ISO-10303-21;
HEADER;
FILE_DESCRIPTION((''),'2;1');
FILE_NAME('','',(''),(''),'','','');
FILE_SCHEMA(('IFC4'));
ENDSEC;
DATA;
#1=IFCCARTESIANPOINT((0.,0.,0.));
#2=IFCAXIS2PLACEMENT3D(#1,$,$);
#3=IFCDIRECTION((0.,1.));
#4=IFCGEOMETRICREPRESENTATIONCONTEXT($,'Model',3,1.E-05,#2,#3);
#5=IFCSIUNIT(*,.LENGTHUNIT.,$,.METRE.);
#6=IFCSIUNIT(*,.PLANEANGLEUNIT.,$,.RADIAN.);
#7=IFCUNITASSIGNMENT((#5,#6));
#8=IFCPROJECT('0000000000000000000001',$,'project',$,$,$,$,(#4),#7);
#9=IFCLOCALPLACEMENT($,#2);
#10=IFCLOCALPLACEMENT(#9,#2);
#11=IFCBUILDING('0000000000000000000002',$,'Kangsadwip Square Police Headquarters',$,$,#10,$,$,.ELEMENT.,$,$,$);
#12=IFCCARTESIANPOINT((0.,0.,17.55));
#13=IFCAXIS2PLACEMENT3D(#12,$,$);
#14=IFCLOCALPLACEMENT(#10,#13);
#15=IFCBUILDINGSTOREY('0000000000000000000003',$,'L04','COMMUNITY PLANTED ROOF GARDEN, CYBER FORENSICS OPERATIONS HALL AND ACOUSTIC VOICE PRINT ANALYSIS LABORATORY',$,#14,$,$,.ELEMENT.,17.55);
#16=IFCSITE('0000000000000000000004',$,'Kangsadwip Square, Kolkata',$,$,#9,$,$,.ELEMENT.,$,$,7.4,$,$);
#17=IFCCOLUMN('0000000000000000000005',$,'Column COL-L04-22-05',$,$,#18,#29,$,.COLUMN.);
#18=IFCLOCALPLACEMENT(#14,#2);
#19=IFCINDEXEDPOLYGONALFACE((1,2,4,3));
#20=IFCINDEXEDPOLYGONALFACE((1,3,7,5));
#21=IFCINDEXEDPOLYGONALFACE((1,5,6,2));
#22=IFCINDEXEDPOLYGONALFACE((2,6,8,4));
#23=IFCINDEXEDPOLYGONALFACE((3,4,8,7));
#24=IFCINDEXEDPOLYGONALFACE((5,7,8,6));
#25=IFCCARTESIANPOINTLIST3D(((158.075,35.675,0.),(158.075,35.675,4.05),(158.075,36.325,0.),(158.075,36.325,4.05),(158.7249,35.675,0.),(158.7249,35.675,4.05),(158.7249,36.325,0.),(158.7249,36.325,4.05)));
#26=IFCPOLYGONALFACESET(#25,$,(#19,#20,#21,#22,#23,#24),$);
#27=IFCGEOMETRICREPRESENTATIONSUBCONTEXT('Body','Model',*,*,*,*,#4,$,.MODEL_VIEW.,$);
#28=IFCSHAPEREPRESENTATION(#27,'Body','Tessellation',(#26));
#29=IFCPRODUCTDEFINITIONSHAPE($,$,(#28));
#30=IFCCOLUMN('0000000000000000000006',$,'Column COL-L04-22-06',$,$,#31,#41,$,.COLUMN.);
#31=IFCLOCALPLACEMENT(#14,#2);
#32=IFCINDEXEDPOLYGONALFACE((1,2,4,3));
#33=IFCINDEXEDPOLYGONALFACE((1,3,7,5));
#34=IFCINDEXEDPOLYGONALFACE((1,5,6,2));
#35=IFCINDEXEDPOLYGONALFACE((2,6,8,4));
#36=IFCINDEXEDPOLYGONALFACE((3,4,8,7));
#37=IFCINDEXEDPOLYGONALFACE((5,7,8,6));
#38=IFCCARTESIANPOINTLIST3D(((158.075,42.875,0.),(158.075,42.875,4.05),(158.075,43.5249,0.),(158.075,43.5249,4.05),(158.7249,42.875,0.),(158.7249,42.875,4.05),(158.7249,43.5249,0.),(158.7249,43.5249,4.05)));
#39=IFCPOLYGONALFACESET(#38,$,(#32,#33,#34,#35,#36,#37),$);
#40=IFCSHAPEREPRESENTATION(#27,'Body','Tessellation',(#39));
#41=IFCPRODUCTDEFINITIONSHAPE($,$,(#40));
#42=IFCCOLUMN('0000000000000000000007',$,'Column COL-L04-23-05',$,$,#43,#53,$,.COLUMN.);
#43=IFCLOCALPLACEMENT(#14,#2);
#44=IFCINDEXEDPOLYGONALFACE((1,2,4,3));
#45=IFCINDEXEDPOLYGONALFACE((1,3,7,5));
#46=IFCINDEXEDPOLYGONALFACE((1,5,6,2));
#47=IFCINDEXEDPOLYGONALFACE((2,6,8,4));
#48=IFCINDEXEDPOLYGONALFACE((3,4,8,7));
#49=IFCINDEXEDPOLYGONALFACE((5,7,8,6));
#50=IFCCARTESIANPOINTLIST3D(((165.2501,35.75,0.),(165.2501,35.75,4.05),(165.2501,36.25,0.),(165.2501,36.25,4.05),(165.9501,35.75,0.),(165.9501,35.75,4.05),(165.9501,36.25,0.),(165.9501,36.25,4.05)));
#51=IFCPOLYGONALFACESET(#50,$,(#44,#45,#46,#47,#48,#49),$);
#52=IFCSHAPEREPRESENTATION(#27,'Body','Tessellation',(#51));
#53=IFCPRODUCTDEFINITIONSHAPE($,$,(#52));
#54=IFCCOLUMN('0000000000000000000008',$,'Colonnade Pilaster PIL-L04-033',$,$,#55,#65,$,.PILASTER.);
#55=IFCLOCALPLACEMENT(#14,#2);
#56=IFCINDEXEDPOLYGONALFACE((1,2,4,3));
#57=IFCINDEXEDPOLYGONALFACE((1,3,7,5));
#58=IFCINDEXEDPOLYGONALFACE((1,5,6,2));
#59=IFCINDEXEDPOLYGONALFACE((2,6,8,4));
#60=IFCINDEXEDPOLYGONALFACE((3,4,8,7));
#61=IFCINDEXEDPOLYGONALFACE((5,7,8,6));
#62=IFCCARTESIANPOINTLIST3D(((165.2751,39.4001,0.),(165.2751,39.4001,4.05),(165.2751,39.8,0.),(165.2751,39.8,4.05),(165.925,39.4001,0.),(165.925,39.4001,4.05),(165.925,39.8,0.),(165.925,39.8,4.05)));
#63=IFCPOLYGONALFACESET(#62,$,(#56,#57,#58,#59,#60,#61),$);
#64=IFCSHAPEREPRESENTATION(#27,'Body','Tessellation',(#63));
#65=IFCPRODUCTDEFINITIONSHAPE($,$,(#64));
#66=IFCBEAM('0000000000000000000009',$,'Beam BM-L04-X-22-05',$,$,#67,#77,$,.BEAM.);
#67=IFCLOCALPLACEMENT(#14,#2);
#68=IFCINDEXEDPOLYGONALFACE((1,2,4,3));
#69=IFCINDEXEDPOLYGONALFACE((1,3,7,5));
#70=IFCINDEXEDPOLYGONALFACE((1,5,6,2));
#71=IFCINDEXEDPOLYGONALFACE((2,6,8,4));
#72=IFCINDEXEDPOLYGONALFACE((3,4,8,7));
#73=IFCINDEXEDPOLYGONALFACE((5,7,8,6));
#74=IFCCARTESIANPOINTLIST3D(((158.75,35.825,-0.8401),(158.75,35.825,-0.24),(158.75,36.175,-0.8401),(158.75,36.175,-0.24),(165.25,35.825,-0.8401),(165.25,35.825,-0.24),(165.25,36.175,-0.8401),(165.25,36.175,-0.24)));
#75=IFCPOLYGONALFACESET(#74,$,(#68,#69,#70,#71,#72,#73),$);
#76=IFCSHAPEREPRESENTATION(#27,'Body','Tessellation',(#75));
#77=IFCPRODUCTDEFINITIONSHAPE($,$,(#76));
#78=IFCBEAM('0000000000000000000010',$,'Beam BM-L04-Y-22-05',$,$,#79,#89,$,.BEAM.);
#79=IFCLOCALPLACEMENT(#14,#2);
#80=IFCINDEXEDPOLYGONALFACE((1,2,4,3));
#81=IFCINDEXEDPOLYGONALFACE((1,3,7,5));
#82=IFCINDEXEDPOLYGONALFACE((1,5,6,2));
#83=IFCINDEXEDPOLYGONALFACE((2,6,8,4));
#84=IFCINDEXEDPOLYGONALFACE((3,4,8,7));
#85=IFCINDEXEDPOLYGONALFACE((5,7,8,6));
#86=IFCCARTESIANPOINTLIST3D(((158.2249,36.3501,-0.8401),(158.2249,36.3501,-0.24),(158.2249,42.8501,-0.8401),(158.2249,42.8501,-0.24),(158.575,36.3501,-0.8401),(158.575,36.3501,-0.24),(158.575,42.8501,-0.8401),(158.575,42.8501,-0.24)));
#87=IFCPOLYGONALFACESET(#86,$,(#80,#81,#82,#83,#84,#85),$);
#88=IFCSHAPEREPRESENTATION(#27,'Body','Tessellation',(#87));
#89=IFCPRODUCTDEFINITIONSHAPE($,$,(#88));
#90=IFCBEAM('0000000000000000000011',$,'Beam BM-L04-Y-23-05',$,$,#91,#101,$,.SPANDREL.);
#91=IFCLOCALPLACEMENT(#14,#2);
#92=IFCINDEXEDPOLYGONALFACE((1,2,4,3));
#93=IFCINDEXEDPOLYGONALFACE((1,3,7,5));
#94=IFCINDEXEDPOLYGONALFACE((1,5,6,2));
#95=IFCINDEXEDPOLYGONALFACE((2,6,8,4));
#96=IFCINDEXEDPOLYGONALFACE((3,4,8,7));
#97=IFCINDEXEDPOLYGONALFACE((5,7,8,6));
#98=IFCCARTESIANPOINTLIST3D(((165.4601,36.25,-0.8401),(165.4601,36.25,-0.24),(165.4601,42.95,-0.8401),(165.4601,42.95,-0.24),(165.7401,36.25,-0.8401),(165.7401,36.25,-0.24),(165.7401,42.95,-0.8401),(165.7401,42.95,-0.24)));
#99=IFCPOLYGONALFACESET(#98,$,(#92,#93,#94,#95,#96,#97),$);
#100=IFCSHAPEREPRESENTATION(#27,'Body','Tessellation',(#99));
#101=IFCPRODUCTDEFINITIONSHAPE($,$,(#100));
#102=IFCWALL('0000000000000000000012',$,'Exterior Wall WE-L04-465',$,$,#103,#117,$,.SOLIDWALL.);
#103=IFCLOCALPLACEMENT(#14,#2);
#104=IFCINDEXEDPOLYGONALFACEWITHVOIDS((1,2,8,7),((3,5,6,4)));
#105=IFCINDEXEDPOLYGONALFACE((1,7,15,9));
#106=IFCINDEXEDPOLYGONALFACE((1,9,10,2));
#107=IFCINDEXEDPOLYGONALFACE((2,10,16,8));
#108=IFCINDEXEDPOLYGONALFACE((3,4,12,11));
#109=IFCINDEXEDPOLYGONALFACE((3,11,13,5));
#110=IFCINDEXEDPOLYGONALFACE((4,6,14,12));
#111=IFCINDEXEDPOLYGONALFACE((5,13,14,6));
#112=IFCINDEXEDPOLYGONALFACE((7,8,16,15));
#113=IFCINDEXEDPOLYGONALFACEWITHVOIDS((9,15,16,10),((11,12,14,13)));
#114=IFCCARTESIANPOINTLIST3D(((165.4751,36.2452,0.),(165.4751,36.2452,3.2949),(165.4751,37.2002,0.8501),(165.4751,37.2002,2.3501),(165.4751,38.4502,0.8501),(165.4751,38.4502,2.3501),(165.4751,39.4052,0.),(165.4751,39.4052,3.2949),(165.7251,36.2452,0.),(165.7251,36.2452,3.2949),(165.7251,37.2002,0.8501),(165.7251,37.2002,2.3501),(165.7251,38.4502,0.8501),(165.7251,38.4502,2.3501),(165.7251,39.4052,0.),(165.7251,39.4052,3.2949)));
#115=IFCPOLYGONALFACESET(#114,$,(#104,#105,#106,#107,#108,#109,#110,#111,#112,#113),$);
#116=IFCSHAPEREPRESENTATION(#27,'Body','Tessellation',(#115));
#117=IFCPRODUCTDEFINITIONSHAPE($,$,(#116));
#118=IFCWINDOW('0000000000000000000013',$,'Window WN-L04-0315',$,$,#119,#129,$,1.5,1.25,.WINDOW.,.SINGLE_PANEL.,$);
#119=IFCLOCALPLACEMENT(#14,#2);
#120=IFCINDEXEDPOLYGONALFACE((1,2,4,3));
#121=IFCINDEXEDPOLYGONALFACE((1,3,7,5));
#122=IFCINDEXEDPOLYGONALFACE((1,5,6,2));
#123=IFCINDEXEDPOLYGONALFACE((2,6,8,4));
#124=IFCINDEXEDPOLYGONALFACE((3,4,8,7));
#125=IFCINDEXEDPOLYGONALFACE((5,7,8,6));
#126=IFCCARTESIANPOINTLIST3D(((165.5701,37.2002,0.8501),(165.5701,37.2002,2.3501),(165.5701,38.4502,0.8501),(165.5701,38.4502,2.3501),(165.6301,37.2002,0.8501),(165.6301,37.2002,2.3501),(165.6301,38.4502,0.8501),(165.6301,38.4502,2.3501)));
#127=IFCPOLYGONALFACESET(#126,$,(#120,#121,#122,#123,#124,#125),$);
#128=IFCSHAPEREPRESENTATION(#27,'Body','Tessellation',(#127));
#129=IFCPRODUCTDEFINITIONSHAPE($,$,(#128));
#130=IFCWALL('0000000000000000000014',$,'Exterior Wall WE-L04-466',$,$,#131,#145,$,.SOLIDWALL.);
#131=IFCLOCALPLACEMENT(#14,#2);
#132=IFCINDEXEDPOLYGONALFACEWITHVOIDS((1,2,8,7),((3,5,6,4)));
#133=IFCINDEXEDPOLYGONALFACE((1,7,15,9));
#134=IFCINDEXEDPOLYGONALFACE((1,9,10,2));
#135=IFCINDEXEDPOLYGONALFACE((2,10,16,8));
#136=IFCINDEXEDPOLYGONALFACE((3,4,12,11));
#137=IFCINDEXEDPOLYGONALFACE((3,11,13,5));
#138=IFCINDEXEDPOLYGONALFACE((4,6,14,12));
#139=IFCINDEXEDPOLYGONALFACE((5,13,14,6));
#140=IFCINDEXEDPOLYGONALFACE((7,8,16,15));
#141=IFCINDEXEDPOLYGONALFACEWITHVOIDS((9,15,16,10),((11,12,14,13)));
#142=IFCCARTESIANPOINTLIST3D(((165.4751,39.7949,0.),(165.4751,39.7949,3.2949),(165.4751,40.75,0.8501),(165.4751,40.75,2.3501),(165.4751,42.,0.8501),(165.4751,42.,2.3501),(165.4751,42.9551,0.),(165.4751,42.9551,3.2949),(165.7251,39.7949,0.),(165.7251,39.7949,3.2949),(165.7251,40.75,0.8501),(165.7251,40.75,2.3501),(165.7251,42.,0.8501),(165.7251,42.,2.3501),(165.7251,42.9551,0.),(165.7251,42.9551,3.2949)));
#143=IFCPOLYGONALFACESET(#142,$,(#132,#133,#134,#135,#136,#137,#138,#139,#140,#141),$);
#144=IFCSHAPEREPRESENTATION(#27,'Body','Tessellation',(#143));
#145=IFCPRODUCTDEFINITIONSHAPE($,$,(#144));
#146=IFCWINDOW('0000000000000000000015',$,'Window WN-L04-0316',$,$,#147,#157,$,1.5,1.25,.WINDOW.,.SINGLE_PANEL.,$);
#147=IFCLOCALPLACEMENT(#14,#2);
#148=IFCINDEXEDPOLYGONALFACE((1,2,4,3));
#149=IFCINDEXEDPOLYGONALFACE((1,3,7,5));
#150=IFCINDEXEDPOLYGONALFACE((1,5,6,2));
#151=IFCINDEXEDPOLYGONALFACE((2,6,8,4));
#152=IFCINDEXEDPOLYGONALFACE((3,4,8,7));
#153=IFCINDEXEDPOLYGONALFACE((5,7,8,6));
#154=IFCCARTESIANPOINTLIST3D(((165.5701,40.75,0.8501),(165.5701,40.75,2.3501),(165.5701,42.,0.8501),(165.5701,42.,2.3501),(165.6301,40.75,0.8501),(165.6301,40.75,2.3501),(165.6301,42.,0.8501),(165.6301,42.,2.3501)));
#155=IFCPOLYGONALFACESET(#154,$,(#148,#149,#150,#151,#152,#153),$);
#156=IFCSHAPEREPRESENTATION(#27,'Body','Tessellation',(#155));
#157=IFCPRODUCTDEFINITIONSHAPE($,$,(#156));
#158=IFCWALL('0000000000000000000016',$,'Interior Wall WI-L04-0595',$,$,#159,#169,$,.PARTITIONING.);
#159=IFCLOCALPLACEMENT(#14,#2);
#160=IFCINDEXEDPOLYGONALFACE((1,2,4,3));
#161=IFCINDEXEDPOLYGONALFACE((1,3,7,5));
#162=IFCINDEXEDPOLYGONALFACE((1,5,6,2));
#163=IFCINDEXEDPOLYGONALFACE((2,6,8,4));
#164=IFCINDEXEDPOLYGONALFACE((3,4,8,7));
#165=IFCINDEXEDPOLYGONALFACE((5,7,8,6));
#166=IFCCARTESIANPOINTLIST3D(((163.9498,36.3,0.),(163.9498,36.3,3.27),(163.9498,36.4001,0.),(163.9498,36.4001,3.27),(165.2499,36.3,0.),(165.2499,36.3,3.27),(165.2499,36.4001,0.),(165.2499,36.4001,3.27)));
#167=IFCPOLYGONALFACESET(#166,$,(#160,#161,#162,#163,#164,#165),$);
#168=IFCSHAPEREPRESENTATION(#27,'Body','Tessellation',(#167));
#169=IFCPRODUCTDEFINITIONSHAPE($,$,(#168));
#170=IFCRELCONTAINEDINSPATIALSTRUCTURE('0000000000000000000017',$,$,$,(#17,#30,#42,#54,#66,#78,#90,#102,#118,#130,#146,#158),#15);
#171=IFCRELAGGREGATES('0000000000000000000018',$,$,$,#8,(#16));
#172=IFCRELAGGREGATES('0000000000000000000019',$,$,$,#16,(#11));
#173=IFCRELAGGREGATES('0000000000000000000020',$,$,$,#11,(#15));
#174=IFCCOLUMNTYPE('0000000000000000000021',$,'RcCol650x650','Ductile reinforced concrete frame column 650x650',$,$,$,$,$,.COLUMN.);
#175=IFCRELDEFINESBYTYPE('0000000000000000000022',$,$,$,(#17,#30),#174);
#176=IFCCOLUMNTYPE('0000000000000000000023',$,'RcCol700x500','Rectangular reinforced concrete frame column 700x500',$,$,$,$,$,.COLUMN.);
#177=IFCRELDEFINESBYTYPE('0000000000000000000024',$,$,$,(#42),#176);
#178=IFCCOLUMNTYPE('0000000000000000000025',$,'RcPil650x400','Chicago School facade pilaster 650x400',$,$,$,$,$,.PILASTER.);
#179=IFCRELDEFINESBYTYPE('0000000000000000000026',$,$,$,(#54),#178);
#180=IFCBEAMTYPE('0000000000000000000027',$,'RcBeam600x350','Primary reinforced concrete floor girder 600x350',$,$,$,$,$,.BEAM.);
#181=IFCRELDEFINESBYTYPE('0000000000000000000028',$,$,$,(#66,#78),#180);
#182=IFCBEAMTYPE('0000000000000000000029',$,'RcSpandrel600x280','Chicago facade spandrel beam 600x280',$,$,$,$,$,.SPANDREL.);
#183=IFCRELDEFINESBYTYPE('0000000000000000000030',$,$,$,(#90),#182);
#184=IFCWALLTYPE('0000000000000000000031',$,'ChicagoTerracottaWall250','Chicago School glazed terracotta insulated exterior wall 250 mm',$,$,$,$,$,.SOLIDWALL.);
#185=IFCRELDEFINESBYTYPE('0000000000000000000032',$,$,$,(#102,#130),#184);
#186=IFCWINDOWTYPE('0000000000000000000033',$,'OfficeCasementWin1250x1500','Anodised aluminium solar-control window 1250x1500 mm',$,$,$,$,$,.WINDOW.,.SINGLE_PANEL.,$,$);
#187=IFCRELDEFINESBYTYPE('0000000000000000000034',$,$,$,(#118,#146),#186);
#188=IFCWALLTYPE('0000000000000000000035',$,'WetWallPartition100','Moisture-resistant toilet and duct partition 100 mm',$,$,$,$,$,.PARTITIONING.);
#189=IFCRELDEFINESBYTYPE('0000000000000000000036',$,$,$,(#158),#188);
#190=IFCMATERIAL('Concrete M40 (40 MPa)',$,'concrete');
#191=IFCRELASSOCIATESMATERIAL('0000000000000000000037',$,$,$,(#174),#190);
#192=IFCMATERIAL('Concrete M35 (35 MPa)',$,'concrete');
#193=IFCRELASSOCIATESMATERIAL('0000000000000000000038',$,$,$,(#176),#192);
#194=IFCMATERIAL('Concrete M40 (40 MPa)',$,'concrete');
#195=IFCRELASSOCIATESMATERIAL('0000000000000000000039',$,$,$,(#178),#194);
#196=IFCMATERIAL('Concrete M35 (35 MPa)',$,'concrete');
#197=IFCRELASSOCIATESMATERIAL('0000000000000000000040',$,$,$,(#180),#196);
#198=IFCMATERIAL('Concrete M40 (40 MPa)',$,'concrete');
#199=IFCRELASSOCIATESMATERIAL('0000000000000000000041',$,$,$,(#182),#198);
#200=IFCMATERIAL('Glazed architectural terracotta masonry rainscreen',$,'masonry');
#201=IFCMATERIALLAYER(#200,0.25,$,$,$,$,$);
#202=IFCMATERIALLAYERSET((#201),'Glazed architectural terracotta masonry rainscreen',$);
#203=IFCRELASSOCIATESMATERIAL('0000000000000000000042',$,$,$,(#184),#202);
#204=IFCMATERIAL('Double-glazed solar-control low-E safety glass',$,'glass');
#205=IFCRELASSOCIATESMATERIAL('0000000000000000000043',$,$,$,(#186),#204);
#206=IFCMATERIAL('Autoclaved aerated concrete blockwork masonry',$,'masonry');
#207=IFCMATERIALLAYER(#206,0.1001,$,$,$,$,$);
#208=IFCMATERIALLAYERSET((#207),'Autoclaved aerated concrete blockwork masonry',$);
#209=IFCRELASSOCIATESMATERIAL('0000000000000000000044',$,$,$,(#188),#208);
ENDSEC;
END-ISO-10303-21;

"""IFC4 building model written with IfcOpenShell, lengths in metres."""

from ifc_helpers import new_model, si_unit, direction, frame, frame_2d, origin, origin_2d, place, context, subcontext, project, spatial, rectangle, extrude, material, layer, layer_set, material_profile, profile_set, type_object, element, fill, save


model = new_model("IFC4")

# Units and contexts
model_context = context("Model", 3, precision=1e-05, world=origin(), true_north=direction((0.0, 1.0)))
body_context = subcontext(model_context, "Body", "Model", "MODEL_VIEW")
ifc_project = project(units=[si_unit("LENGTHUNIT", "METRE"), si_unit("PLANEANGLEUNIT", "RADIAN")], contexts=[model_context])

# Site, building, storey
site_placement = place(None, origin())
site = spatial("IfcSite", under=ifc_project, at=site_placement, Name="Kangsadwip Square, Kolkata", CompositionType="ELEMENT", RefElevation=7.4)
building_placement = place(site_placement, origin())
building = spatial("IfcBuilding", under=site, at=building_placement, Name="Kangsadwip Square Police Headquarters", CompositionType="ELEMENT")
storey_placement = place(building_placement, frame((0.0, 0.0, 17.55)))
storey = spatial("IfcBuildingStorey", under=building, at=storey_placement, Name="L04", Description="COMMUNITY PLANTED ROOF GARDEN, CYBER FORENSICS OPERATIONS HALL AND ACOUSTIC VOICE PRINT ANALYSIS LABORATORY", CompositionType="ELEMENT", Elevation=17.55)

# Columns
ifc_material_1 = material(Name="Concrete M40 (40 MPa)", Category="concrete")
ifc_material_profile_1 = material_profile(ifc_material_1, rectangle(XDim=0.6499, YDim=0.6499, at=origin_2d()), Name="RC COL 650X650")
ifc_profile_set_1 = profile_set([ifc_material_profile_1], Name="Concrete M40 (40 MPa)")
column_type_1 = type_object("IfcColumnType", Name="RcCol650x650", Description="Ductile reinforced concrete frame column 650x650", PredefinedType="COLUMN", material=ifc_profile_set_1)
for number, where, z_axis, x_axis, name in (
    (1, (158.3999, 36.0, 0.0), (0.0, 0.0, 1.0), (1.0, 0.0, 0.0), "Column COL-L04-22-05"),
    (2, (158.3999, 43.2, 0.0), (0.0, 0.0, 1.0), (1.0, 0.0, 0.0), "Column COL-L04-22-06"),
):
    element("IfcColumn", number, at=place(storey_placement, frame(where, z_axis=z_axis, x_axis=x_axis)), inside=storey, type_object=column_type_1, Name=name, PredefinedType="COLUMN", context=body_context, shape_type="SweptSolid", body=[
        extrude(rectangle(XDim=0.6499, YDim=0.6499, at=origin_2d()), origin(), (0.0, 0.0, 1.0), 4.05),
    ])
ifc_material_2 = material(Name="Concrete M35 (35 MPa)", Category="concrete")
ifc_material_profile_2 = material_profile(ifc_material_2, rectangle(XDim=0.5, YDim=0.7, at=origin_2d()), Name="RC COL 700X500")
ifc_profile_set_2 = profile_set([ifc_material_profile_2], Name="Concrete M35 (35 MPa)")
column_type_2 = type_object("IfcColumnType", Name="RcCol700x500", Description="Rectangular reinforced concrete frame column 700x500", PredefinedType="COLUMN", material=ifc_profile_set_2)
column_1_placement = place(storey_placement, frame((165.6001, 36.0, 0.0), z_axis=(0.0, 0.0, 1.0), x_axis=(0.0, 1.0, 0.0)))
element("IfcColumn", 3, at=column_1_placement, inside=storey, type_object=column_type_2, Name="Column COL-L04-23-05", PredefinedType="COLUMN", context=body_context, shape_type="SweptSolid", body=[
    extrude(rectangle(XDim=0.5, YDim=0.7, at=origin_2d()), origin(), (0.0, 0.0, 1.0), 4.05),
])
ifc_material_3 = material(Name="Concrete M40 (40 MPa)", Category="concrete")
ifc_material_profile_3 = material_profile(ifc_material_3, rectangle(XDim=0.3999, YDim=0.6499, at=origin_2d()), Name="RC PIL 650X400")
ifc_profile_set_3 = profile_set([ifc_material_profile_3], Name="Concrete M40 (40 MPa)")
column_type_3 = type_object("IfcColumnType", Name="RcPil650x400", Description="Chicago School facade pilaster 650x400", PredefinedType="PILASTER", material=ifc_profile_set_3)
column_2_placement = place(storey_placement, frame((165.6001, 39.6001, 0.0), z_axis=(0.0, 0.0, 1.0), x_axis=(0.0, 1.0, 0.0)))
element("IfcColumn", 4, at=column_2_placement, inside=storey, type_object=column_type_3, Name="Colonnade Pilaster PIL-L04-033", PredefinedType="PILASTER", context=body_context, shape_type="SweptSolid", body=[
    extrude(rectangle(XDim=0.3999, YDim=0.6499, at=origin_2d()), origin(), (0.0, 0.0, 1.0), 4.05),
])

# Beams
ifc_material_4 = material(Name="Concrete M35 (35 MPa)", Category="concrete")
ifc_material_profile_4 = material_profile(ifc_material_4, rectangle(XDim=0.3501, YDim=0.6001, at=origin_2d()), Name="RC BM 600X350")
ifc_profile_set_4 = profile_set([ifc_material_profile_4], Name="Concrete M35 (35 MPa)")
beam_type_1 = type_object("IfcBeamType", Name="RcBeam600x350", Description="Primary reinforced concrete floor girder 600x350", PredefinedType="BEAM", material=ifc_profile_set_4)
for number, where, z_axis, x_axis, name in (
    (5, (158.75, 36.0, -0.54), (1.0, 0.0, 0.0), (0.0, 1.0, 0.0), "Beam BM-L04-X-22-05"),
    (6, (158.3999, 36.3501, -0.54), (0.0, 1.0, 0.0), (-1.0, 0.0, 0.0), "Beam BM-L04-Y-22-05"),
):
    element("IfcBeam", number, at=place(storey_placement, frame(where, z_axis=z_axis, x_axis=x_axis)), inside=storey, type_object=beam_type_1, Name=name, PredefinedType="BEAM", context=body_context, shape_type="SweptSolid", body=[
        extrude(rectangle(XDim=0.3501, YDim=0.6001, at=origin_2d()), origin(), (0.0, 0.0, 1.0), 6.5),
    ])
ifc_material_5 = material(Name="Concrete M40 (40 MPa)", Category="concrete")
ifc_material_profile_5 = material_profile(ifc_material_5, rectangle(XDim=0.28, YDim=0.6001, at=origin_2d()), Name="RC SPN 600X280")
ifc_profile_set_5 = profile_set([ifc_material_profile_5], Name="Concrete M40 (40 MPa)")
beam_type_2 = type_object("IfcBeamType", Name="RcSpandrel600x280", Description="Chicago facade spandrel beam 600x280", PredefinedType="SPANDREL", material=ifc_profile_set_5)
beam_placement = place(storey_placement, frame((165.6001, 36.25, -0.54), z_axis=(0.0, 1.0, 0.0), x_axis=(-1.0, 0.0, 0.0)))
element("IfcBeam", 7, at=beam_placement, inside=storey, type_object=beam_type_2, Name="Beam BM-L04-Y-23-05", PredefinedType="SPANDREL", context=body_context, shape_type="SweptSolid", body=[
    extrude(rectangle(XDim=0.28, YDim=0.6001, at=origin_2d()), origin(), (0.0, 0.0, 1.0), 6.7),
])

# Walls, openings, windows
ifc_material_6 = material(Name="Glazed architectural terracotta masonry rainscreen", Category="masonry")
ifc_layer_1 = layer(ifc_material_6, 0.25)
ifc_layer_set_1 = layer_set([ifc_layer_1], Name="Glazed architectural terracotta masonry rainscreen")
wall_type_1 = type_object("IfcWallType", Name="ChicagoTerracottaWall250", Description="Chicago School glazed terracotta insulated exterior wall 250 mm", PredefinedType="SOLIDWALL", material=ifc_layer_set_1)
wall_1_placement = place(storey_placement, frame((165.6001, 36.2451, 0.0), z_axis=(0.0, 0.0, 1.0), x_axis=(0.0, 1.0, 0.0)))
wall_1 = element("IfcWall", 8, at=wall_1_placement, inside=storey, type_object=wall_type_1, Name="Exterior Wall WE-L04-465", PredefinedType="SOLIDWALL", context=body_context, shape_type="SweptSolid", body=[
    extrude(rectangle(XDim=3.1599, YDim=0.25, at=frame_2d((1.5801, 0.0))), origin(), (0.0, 0.0, 1.0), 3.2949),
])
opening_1_placement = place(wall_1_placement, frame((0.9551, 0.0, 0.8501)))
opening_1 = element("IfcOpeningElement", 9, at=opening_1_placement, cuts=wall_1, PredefinedType="OPENING", context=body_context, shape_type="SweptSolid", body=[
    extrude(rectangle(XDim=1.25, YDim=1.5, at=frame_2d((0.625, 0.75))), frame((0.0, 0.135, 0.0), z_axis=(0.0, -1.0, 0.0), x_axis=(1.0, 0.0, 0.0)), (0.0, 0.0, 1.0), 0.27),
])
ifc_material_7 = material(Name="Double-glazed solar-control low-E safety glass", Category="glass")
window_type = type_object("IfcWindowType", Name="OfficeCasementWin1250x1500", Description="Anodised aluminium solar-control window 1250x1500 mm", PartitioningType="SINGLE_PANEL", PredefinedType="WINDOW", material=ifc_material_7)
window_1_placement = place(opening_1_placement, origin())
window_1 = element("IfcWindow", 10, at=window_1_placement, inside=storey, type_object=window_type, Name="Window WN-L04-0315", OverallHeight=1.5, OverallWidth=1.25, PartitioningType="SINGLE_PANEL", PredefinedType="WINDOW", context=body_context, shape_type="SweptSolid", body=[
    extrude(rectangle(XDim=1.25, YDim=1.5, at=frame_2d((0.625, 0.75))), frame((0.0, 0.03, 0.0), z_axis=(0.0, -1.0, 0.0), x_axis=(1.0, 0.0, 0.0)), (0.0, 0.0, 1.0), 0.0601),
])
fill(opening_1, window_1)
wall_2_placement = place(storey_placement, frame((165.6001, 39.7949, 0.0), z_axis=(0.0, 0.0, 1.0), x_axis=(0.0, 1.0, 0.0)))
wall_2 = element("IfcWall", 11, at=wall_2_placement, inside=storey, type_object=wall_type_1, Name="Exterior Wall WE-L04-466", PredefinedType="SOLIDWALL", context=body_context, shape_type="SweptSolid", body=[
    extrude(rectangle(XDim=3.1602, YDim=0.25, at=frame_2d((1.5801, 0.0))), origin(), (0.0, 0.0, 1.0), 3.2949),
])
opening_2_placement = place(wall_2_placement, frame((0.9551, 0.0, 0.8501)))
opening_2 = element("IfcOpeningElement", 12, at=opening_2_placement, cuts=wall_2, PredefinedType="OPENING", context=body_context, shape_type="SweptSolid", body=[
    extrude(rectangle(XDim=1.25, YDim=1.5, at=frame_2d((0.625, 0.75))), frame((0.0, 0.135, 0.0), z_axis=(0.0, -1.0, 0.0), x_axis=(1.0, 0.0, 0.0)), (0.0, 0.0, 1.0), 0.27),
])
window_2_placement = place(opening_2_placement, origin())
window_2 = element("IfcWindow", 13, at=window_2_placement, inside=storey, type_object=window_type, Name="Window WN-L04-0316", OverallHeight=1.5, OverallWidth=1.25, PartitioningType="SINGLE_PANEL", PredefinedType="WINDOW", context=body_context, shape_type="SweptSolid", body=[
    extrude(rectangle(XDim=1.25, YDim=1.5, at=frame_2d((0.625, 0.75))), frame((0.0, 0.03, 0.0), z_axis=(0.0, -1.0, 0.0), x_axis=(1.0, 0.0, 0.0)), (0.0, 0.0, 1.0), 0.0601),
])
fill(opening_2, window_2)

# Wall
ifc_material_8 = material(Name="Autoclaved aerated concrete blockwork masonry", Category="masonry")
ifc_layer_2 = layer(ifc_material_8, 0.1001)
ifc_layer_set_2 = layer_set([ifc_layer_2], Name="Autoclaved aerated concrete blockwork masonry")
wall_type_2 = type_object("IfcWallType", Name="WetWallPartition100", Description="Moisture-resistant toilet and duct partition 100 mm", PredefinedType="PARTITIONING", material=ifc_layer_set_2)
wall_3_placement = place(storey_placement, frame((163.95, 36.3501, 0.0), z_axis=(0.0, 0.0, 1.0), x_axis=(1.0, 0.0, 0.0)))
element("IfcWall", 14, at=wall_3_placement, inside=storey, type_object=wall_type_2, Name="Interior Wall WI-L04-0595", PredefinedType="PARTITIONING", context=body_context, shape_type="SweptSolid", body=[
    extrude(rectangle(XDim=1.3, YDim=0.1001, at=frame_2d((0.6499, 0.0))), origin(), (0.0, 0.0, 1.0), 3.27),
])

save(model, "model.ifc")
